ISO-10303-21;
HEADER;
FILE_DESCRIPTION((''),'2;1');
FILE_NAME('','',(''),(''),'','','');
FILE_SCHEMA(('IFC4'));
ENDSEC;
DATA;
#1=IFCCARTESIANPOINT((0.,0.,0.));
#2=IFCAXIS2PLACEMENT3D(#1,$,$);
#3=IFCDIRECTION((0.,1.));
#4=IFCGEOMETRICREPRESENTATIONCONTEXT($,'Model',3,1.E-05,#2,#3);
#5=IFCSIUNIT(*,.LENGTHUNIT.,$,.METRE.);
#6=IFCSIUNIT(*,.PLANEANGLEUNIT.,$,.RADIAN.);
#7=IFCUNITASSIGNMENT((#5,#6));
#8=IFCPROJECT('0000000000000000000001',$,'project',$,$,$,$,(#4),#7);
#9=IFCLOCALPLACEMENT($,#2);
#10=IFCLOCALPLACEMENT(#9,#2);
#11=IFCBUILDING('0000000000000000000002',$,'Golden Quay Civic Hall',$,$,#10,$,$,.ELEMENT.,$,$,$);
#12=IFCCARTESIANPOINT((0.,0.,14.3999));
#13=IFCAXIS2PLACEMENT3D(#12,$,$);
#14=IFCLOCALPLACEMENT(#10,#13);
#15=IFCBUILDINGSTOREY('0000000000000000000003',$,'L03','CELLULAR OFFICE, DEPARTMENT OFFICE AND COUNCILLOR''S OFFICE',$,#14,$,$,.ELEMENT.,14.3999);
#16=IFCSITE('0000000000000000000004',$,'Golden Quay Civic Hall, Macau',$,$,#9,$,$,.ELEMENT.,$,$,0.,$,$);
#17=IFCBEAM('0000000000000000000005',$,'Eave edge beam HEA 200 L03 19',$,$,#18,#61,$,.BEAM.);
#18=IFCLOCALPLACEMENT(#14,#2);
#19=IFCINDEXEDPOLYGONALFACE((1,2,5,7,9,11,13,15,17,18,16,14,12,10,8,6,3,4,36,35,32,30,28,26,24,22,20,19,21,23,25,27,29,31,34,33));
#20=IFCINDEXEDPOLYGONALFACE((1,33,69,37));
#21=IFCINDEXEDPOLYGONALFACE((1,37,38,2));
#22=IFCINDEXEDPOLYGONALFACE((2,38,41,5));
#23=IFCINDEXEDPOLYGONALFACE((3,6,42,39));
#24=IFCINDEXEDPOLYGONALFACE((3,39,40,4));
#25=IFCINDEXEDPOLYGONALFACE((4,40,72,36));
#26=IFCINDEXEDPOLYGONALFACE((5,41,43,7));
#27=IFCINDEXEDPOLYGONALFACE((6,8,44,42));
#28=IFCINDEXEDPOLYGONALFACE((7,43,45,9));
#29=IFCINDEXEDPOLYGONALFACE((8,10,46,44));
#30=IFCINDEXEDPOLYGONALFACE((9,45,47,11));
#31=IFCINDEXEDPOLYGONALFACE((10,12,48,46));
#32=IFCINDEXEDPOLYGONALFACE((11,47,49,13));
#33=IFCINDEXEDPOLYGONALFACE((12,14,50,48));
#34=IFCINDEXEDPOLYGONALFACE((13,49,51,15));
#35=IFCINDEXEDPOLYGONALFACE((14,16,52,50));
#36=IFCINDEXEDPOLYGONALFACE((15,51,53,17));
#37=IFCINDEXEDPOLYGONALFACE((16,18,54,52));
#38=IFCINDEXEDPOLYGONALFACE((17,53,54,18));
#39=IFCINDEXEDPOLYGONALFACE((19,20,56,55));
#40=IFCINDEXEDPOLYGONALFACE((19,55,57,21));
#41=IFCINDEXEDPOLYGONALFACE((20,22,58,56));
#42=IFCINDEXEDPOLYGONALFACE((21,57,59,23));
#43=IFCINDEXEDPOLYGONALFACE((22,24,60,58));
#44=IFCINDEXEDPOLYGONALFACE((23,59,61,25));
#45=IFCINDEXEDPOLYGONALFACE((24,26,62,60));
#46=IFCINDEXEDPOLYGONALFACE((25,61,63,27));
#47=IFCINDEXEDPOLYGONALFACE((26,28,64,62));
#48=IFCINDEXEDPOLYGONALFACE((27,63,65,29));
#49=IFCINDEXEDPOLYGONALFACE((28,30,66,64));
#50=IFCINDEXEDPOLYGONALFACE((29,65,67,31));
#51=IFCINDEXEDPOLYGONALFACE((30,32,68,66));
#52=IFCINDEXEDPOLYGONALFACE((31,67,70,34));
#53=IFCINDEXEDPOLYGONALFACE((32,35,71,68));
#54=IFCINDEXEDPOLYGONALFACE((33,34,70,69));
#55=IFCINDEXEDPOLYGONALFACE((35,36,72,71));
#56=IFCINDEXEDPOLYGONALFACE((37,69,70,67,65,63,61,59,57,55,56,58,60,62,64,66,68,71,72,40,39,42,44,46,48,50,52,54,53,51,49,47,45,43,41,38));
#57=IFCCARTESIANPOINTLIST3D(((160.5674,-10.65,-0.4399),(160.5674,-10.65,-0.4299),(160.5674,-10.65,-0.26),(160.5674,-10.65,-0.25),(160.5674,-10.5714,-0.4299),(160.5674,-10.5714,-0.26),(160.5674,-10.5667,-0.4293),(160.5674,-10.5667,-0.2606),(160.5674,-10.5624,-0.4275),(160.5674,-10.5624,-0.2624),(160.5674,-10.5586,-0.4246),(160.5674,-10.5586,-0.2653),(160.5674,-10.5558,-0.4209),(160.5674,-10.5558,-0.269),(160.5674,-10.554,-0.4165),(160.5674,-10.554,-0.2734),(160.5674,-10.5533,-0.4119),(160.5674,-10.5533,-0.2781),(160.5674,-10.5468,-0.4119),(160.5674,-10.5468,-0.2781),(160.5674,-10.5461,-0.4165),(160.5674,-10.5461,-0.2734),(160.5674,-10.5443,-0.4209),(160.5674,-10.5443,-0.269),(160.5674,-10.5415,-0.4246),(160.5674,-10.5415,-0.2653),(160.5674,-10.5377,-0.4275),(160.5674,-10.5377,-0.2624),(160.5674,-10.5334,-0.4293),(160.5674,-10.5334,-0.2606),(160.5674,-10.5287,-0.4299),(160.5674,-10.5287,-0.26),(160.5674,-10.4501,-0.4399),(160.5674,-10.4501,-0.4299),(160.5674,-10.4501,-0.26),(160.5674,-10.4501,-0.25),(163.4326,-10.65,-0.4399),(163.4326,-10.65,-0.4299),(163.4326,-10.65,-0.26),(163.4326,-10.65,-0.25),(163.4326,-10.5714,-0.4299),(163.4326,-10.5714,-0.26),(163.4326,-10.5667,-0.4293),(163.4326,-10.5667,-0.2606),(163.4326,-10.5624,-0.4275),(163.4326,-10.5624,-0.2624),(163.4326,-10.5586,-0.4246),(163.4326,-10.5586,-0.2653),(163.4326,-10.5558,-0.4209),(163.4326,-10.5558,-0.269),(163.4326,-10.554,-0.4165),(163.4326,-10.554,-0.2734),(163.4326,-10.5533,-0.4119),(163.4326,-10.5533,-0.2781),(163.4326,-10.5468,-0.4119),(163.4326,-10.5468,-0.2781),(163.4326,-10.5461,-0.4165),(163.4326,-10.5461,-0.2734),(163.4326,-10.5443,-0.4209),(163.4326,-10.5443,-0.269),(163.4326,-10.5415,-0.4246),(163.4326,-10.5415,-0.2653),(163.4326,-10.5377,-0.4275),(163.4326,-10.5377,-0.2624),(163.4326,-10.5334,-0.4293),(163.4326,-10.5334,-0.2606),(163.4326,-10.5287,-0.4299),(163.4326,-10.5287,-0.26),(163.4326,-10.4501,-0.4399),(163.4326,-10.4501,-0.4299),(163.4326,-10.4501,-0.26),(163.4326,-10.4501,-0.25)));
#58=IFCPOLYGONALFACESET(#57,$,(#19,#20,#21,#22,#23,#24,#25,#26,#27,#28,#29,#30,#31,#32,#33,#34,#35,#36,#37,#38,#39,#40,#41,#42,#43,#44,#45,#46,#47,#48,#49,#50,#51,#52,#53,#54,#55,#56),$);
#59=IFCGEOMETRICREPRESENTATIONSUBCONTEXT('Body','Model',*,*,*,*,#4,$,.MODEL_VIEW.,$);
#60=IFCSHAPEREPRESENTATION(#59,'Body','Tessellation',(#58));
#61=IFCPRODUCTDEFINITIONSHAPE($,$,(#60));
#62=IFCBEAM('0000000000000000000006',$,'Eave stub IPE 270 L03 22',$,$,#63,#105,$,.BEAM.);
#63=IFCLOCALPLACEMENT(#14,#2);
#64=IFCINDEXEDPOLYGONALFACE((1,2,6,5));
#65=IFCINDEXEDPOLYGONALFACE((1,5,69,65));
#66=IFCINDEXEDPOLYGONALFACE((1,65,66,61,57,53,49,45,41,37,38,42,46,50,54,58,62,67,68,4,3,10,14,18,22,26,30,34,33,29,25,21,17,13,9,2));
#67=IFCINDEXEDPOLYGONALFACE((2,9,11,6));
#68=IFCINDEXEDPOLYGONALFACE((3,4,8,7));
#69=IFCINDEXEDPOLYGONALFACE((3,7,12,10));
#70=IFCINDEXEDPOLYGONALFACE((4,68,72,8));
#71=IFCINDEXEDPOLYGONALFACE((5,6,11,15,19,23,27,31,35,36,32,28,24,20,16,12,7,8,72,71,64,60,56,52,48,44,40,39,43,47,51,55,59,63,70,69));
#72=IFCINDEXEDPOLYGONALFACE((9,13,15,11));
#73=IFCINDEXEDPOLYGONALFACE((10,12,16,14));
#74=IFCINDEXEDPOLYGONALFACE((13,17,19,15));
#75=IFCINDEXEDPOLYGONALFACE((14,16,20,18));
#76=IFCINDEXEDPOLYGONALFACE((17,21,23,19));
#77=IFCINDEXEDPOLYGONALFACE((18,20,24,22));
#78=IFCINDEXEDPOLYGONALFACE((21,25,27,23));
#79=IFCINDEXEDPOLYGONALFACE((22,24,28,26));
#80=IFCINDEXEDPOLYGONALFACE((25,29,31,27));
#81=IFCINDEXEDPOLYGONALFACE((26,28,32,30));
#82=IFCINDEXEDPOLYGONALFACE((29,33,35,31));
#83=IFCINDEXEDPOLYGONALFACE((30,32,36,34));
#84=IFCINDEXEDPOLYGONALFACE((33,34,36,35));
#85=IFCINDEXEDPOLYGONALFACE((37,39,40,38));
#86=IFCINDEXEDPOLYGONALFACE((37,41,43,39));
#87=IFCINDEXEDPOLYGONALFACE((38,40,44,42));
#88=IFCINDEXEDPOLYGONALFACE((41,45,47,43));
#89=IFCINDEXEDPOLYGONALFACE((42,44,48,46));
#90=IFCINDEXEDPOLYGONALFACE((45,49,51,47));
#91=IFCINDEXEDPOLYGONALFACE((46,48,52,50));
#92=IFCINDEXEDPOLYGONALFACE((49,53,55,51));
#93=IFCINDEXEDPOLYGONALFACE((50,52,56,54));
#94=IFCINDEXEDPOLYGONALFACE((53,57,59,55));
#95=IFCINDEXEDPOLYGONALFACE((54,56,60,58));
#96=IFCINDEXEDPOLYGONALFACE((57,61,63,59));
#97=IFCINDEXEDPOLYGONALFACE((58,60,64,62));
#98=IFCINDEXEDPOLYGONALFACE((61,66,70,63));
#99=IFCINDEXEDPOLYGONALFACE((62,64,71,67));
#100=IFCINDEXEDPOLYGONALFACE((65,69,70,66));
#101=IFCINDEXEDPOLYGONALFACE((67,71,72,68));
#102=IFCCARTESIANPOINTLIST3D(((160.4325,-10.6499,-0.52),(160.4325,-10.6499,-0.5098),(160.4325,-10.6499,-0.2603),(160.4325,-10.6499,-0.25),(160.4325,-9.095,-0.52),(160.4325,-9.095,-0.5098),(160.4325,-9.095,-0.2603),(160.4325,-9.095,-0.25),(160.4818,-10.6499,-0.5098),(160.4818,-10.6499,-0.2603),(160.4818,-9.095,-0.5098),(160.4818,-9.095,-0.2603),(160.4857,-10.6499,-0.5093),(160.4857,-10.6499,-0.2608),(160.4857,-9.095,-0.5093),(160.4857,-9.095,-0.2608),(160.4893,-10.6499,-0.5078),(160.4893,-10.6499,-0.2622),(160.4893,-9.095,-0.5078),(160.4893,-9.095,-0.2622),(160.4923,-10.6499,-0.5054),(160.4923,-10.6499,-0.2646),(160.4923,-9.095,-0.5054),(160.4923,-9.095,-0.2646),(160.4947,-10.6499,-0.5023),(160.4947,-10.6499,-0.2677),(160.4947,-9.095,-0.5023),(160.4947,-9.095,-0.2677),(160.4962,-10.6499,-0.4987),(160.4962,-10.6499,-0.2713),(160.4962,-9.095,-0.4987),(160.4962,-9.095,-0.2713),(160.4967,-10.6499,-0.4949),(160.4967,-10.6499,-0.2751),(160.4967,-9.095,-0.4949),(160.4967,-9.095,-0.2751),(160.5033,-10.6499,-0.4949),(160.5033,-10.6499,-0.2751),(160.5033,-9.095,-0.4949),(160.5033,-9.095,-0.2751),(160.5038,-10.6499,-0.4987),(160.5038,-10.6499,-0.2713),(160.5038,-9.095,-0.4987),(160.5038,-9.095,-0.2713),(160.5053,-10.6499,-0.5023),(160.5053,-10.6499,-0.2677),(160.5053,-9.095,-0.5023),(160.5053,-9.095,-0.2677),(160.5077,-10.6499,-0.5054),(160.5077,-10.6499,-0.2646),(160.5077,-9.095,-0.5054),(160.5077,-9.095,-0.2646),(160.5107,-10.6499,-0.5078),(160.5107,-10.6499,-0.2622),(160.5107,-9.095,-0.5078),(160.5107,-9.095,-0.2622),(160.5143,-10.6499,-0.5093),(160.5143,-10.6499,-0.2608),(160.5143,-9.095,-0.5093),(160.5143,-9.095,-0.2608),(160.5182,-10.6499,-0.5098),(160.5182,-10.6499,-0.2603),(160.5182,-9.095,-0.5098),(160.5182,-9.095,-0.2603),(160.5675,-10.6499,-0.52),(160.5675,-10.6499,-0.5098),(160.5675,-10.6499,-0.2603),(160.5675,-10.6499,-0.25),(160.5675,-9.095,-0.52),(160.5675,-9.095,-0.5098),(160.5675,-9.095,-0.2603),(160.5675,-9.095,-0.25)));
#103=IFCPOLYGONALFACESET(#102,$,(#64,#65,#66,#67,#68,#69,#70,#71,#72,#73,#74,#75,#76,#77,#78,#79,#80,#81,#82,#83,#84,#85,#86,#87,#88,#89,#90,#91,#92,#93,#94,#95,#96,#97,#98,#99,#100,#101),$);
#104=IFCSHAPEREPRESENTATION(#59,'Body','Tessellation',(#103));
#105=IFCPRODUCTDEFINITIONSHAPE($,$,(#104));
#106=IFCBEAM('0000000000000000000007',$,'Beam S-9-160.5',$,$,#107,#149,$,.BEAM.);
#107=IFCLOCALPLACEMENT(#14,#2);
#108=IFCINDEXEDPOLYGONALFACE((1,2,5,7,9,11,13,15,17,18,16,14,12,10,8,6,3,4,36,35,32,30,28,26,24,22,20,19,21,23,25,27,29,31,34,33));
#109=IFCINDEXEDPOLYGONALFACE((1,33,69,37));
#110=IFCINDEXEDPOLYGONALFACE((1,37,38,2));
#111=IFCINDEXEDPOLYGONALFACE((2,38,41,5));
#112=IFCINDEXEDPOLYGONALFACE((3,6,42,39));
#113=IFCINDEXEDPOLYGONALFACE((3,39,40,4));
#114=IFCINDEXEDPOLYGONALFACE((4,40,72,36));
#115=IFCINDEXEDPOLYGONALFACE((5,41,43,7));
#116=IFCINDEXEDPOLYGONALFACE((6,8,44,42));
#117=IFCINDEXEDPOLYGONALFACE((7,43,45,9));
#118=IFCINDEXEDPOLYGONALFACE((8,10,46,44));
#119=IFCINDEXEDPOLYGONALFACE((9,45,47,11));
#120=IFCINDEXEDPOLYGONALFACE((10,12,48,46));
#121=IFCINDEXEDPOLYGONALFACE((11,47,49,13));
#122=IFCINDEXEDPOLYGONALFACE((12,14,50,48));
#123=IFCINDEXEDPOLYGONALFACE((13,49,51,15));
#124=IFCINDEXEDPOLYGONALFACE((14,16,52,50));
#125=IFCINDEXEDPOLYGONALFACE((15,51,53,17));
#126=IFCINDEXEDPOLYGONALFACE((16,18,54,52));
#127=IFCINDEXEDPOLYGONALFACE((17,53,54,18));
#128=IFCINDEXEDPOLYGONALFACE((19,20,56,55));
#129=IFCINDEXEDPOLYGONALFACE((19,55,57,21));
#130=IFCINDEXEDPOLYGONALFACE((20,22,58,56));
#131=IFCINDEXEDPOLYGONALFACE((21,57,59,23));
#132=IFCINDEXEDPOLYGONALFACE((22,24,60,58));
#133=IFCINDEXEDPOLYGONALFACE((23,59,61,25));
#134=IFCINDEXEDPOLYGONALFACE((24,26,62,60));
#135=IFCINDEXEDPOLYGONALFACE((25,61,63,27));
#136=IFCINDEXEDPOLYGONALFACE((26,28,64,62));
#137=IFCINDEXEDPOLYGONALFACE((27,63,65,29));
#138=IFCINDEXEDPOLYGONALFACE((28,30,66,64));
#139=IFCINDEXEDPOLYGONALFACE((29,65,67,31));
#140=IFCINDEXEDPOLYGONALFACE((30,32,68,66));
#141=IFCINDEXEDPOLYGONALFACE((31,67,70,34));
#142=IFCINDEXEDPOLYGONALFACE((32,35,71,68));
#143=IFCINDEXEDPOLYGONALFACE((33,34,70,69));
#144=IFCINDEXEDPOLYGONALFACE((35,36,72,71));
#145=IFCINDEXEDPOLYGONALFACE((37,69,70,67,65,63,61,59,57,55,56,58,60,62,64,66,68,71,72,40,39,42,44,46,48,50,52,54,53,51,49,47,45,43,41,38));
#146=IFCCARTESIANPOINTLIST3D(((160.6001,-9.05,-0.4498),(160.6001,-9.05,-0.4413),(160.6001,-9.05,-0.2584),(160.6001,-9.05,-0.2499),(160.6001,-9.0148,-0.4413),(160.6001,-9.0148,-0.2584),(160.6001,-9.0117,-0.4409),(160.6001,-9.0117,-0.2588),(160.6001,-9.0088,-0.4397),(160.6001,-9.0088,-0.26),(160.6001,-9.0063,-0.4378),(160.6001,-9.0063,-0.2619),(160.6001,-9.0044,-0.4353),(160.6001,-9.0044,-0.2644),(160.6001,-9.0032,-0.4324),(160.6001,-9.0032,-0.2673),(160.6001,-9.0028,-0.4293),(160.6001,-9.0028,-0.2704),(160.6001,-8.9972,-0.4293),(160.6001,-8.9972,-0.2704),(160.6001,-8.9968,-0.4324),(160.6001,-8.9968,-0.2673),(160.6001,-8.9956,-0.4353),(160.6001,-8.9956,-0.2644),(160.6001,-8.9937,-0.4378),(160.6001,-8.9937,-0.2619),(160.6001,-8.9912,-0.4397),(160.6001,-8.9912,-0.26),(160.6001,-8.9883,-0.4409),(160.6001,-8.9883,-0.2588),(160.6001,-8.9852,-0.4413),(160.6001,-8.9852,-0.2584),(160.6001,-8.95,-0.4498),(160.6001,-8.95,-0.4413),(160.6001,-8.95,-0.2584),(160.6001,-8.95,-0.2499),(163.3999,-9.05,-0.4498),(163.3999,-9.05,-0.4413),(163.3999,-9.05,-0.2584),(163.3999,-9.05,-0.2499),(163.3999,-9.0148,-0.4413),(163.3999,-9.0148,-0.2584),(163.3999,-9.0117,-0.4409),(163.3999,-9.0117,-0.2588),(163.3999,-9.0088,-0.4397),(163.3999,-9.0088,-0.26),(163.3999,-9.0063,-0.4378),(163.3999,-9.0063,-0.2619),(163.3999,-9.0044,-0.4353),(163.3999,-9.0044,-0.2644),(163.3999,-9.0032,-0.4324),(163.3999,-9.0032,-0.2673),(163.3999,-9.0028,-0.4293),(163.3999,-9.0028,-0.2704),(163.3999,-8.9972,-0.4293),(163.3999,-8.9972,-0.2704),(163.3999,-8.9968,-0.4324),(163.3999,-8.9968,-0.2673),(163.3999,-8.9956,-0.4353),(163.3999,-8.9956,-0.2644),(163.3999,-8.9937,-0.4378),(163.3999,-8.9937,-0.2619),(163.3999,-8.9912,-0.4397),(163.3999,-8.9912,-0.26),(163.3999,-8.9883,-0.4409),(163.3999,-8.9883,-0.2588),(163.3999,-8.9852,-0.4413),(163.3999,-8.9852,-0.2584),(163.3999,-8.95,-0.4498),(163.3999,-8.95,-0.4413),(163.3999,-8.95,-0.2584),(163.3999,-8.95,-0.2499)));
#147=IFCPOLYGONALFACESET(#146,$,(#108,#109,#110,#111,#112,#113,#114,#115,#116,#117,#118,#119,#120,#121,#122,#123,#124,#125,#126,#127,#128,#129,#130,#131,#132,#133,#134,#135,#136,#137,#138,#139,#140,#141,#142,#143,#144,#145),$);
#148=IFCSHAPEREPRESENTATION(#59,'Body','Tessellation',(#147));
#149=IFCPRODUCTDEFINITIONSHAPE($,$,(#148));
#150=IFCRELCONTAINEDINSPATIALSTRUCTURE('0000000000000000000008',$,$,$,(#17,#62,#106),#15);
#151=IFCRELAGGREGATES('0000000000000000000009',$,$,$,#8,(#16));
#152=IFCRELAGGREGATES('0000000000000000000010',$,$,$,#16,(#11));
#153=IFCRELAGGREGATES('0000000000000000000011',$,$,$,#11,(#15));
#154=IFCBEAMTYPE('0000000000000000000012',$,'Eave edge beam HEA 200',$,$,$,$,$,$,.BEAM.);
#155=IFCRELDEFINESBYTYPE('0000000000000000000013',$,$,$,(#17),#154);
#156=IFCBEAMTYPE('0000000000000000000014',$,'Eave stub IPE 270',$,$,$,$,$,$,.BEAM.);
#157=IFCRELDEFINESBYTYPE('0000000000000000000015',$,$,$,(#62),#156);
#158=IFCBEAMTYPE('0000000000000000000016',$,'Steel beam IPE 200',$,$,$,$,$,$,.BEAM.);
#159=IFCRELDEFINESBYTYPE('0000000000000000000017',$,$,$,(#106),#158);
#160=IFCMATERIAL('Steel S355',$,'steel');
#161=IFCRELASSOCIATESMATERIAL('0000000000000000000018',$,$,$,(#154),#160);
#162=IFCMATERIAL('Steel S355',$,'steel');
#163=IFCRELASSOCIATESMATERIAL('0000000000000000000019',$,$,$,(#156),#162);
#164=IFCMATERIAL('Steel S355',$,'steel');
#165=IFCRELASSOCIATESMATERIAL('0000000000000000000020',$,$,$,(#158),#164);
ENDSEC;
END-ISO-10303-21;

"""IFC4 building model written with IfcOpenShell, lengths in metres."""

from ifc_helpers import new_model, si_unit, direction, frame, origin, origin_2d, place, context, subcontext, project, spatial, i_section, extrude, material, material_profile, profile_set, type_object, element, save


model = new_model("IFC4")

# Units and contexts
model_context = context("Model", 3, precision=1e-05, world=origin(), true_north=direction((0.0, 1.0)))
body_context = subcontext(model_context, "Body", "Model", "MODEL_VIEW")
ifc_project = project(units=[si_unit("LENGTHUNIT", "METRE"), si_unit("PLANEANGLEUNIT", "RADIAN")], contexts=[model_context])

# Site, building, storey
site_placement = place(None, origin())
site = spatial("IfcSite", under=ifc_project, at=site_placement, Name="Golden Quay Civic Hall, Macau", CompositionType="ELEMENT", RefElevation=0.0)
building_placement = place(site_placement, origin())
building = spatial("IfcBuilding", under=site, at=building_placement, Name="Golden Quay Civic Hall", CompositionType="ELEMENT")
storey_placement = place(building_placement, frame((0.0, 0.0, 14.3999)))
storey = spatial("IfcBuildingStorey", under=building, at=storey_placement, Name="L03", Description="CELLULAR OFFICE, DEPARTMENT OFFICE AND COUNCILLOR'S OFFICE", CompositionType="ELEMENT", Elevation=14.3999)

# Beams
ifc_material_1 = material(Name="Steel S355", Category="steel")
ifc_material_profile_1 = material_profile(ifc_material_1, i_section(OverallWidth=0.2, OverallDepth=0.1899, WebThickness=0.0066, FlangeThickness=0.01, FilletRadius=0.0181, at=origin_2d()), Name="HEA 200")
ifc_profile_set_1 = profile_set([ifc_material_profile_1], Name="Steel S355")
beam_type_1 = type_object("IfcBeamType", Name="Eave edge beam HEA 200", PredefinedType="BEAM", material=ifc_profile_set_1)
beam_1_placement = place(storey_placement, frame((160.5674, -10.55, -0.345), z_axis=(1.0, 0.0, 0.0), x_axis=(0.0, 1.0, 0.0)))
element("IfcBeam", 1, at=beam_1_placement, inside=storey, type_object=beam_type_1, Name="Eave edge beam HEA 200 L03 19", PredefinedType="BEAM", context=body_context, shape_type="SweptSolid", body=[
    extrude(i_section(OverallWidth=0.2, OverallDepth=0.1899, WebThickness=0.0066, FlangeThickness=0.01, FilletRadius=0.0181, at=origin_2d()), origin(), (0.0, 0.0, 1.0), 2.8652),
])
ifc_material_2 = material(Name="Steel S355", Category="steel")
ifc_material_profile_2 = material_profile(ifc_material_2, i_section(OverallWidth=0.135, OverallDepth=0.27, WebThickness=0.0066, FlangeThickness=0.0103, FilletRadius=0.0149, at=origin_2d()), Name="IPE 270")
ifc_profile_set_2 = profile_set([ifc_material_profile_2], Name="Steel S355")
beam_type_2 = type_object("IfcBeamType", Name="Eave stub IPE 270", PredefinedType="BEAM", material=ifc_profile_set_2)
beam_2_placement = place(storey_placement, frame((160.5, -9.095, -0.385), z_axis=(0.0, -1.0, 0.0), x_axis=(1.0, 0.0, 0.0)))
element("IfcBeam", 2, at=beam_2_placement, inside=storey, type_object=beam_type_2, Name="Eave stub IPE 270 L03 22", PredefinedType="BEAM", context=body_context, shape_type="SweptSolid", body=[
    extrude(i_section(OverallWidth=0.135, OverallDepth=0.27, WebThickness=0.0066, FlangeThickness=0.0103, FilletRadius=0.0149, at=origin_2d()), origin(), (0.0, 0.0, 1.0), 1.5549),
])
ifc_material_3 = material(Name="Steel S355", Category="steel")
ifc_material_profile_3 = material_profile(ifc_material_3, i_section(OverallWidth=0.1001, OverallDepth=0.2, WebThickness=0.0056, FlangeThickness=0.0085, FilletRadius=0.012, at=origin_2d()), Name="IPE 200")
ifc_profile_set_3 = profile_set([ifc_material_profile_3], Name="Steel S355")
beam_type_3 = type_object("IfcBeamType", Name="Steel beam IPE 200", PredefinedType="BEAM", material=ifc_profile_set_3)
beam_3_placement = place(storey_placement, frame((160.6001, -9.0, -0.3499), z_axis=(1.0, 0.0, 0.0), x_axis=(0.0, 1.0, 0.0)))
element("IfcBeam", 3, at=beam_3_placement, inside=storey, type_object=beam_type_3, Name="Beam S-9-160.5", PredefinedType="BEAM", context=body_context, shape_type="SweptSolid", body=[
    extrude(i_section(OverallWidth=0.1001, OverallDepth=0.2, WebThickness=0.0056, FlangeThickness=0.0085, FilletRadius=0.012, at=origin_2d()), origin(), (0.0, 0.0, 1.0), 2.7998),
])

save(model, "model.ifc")
